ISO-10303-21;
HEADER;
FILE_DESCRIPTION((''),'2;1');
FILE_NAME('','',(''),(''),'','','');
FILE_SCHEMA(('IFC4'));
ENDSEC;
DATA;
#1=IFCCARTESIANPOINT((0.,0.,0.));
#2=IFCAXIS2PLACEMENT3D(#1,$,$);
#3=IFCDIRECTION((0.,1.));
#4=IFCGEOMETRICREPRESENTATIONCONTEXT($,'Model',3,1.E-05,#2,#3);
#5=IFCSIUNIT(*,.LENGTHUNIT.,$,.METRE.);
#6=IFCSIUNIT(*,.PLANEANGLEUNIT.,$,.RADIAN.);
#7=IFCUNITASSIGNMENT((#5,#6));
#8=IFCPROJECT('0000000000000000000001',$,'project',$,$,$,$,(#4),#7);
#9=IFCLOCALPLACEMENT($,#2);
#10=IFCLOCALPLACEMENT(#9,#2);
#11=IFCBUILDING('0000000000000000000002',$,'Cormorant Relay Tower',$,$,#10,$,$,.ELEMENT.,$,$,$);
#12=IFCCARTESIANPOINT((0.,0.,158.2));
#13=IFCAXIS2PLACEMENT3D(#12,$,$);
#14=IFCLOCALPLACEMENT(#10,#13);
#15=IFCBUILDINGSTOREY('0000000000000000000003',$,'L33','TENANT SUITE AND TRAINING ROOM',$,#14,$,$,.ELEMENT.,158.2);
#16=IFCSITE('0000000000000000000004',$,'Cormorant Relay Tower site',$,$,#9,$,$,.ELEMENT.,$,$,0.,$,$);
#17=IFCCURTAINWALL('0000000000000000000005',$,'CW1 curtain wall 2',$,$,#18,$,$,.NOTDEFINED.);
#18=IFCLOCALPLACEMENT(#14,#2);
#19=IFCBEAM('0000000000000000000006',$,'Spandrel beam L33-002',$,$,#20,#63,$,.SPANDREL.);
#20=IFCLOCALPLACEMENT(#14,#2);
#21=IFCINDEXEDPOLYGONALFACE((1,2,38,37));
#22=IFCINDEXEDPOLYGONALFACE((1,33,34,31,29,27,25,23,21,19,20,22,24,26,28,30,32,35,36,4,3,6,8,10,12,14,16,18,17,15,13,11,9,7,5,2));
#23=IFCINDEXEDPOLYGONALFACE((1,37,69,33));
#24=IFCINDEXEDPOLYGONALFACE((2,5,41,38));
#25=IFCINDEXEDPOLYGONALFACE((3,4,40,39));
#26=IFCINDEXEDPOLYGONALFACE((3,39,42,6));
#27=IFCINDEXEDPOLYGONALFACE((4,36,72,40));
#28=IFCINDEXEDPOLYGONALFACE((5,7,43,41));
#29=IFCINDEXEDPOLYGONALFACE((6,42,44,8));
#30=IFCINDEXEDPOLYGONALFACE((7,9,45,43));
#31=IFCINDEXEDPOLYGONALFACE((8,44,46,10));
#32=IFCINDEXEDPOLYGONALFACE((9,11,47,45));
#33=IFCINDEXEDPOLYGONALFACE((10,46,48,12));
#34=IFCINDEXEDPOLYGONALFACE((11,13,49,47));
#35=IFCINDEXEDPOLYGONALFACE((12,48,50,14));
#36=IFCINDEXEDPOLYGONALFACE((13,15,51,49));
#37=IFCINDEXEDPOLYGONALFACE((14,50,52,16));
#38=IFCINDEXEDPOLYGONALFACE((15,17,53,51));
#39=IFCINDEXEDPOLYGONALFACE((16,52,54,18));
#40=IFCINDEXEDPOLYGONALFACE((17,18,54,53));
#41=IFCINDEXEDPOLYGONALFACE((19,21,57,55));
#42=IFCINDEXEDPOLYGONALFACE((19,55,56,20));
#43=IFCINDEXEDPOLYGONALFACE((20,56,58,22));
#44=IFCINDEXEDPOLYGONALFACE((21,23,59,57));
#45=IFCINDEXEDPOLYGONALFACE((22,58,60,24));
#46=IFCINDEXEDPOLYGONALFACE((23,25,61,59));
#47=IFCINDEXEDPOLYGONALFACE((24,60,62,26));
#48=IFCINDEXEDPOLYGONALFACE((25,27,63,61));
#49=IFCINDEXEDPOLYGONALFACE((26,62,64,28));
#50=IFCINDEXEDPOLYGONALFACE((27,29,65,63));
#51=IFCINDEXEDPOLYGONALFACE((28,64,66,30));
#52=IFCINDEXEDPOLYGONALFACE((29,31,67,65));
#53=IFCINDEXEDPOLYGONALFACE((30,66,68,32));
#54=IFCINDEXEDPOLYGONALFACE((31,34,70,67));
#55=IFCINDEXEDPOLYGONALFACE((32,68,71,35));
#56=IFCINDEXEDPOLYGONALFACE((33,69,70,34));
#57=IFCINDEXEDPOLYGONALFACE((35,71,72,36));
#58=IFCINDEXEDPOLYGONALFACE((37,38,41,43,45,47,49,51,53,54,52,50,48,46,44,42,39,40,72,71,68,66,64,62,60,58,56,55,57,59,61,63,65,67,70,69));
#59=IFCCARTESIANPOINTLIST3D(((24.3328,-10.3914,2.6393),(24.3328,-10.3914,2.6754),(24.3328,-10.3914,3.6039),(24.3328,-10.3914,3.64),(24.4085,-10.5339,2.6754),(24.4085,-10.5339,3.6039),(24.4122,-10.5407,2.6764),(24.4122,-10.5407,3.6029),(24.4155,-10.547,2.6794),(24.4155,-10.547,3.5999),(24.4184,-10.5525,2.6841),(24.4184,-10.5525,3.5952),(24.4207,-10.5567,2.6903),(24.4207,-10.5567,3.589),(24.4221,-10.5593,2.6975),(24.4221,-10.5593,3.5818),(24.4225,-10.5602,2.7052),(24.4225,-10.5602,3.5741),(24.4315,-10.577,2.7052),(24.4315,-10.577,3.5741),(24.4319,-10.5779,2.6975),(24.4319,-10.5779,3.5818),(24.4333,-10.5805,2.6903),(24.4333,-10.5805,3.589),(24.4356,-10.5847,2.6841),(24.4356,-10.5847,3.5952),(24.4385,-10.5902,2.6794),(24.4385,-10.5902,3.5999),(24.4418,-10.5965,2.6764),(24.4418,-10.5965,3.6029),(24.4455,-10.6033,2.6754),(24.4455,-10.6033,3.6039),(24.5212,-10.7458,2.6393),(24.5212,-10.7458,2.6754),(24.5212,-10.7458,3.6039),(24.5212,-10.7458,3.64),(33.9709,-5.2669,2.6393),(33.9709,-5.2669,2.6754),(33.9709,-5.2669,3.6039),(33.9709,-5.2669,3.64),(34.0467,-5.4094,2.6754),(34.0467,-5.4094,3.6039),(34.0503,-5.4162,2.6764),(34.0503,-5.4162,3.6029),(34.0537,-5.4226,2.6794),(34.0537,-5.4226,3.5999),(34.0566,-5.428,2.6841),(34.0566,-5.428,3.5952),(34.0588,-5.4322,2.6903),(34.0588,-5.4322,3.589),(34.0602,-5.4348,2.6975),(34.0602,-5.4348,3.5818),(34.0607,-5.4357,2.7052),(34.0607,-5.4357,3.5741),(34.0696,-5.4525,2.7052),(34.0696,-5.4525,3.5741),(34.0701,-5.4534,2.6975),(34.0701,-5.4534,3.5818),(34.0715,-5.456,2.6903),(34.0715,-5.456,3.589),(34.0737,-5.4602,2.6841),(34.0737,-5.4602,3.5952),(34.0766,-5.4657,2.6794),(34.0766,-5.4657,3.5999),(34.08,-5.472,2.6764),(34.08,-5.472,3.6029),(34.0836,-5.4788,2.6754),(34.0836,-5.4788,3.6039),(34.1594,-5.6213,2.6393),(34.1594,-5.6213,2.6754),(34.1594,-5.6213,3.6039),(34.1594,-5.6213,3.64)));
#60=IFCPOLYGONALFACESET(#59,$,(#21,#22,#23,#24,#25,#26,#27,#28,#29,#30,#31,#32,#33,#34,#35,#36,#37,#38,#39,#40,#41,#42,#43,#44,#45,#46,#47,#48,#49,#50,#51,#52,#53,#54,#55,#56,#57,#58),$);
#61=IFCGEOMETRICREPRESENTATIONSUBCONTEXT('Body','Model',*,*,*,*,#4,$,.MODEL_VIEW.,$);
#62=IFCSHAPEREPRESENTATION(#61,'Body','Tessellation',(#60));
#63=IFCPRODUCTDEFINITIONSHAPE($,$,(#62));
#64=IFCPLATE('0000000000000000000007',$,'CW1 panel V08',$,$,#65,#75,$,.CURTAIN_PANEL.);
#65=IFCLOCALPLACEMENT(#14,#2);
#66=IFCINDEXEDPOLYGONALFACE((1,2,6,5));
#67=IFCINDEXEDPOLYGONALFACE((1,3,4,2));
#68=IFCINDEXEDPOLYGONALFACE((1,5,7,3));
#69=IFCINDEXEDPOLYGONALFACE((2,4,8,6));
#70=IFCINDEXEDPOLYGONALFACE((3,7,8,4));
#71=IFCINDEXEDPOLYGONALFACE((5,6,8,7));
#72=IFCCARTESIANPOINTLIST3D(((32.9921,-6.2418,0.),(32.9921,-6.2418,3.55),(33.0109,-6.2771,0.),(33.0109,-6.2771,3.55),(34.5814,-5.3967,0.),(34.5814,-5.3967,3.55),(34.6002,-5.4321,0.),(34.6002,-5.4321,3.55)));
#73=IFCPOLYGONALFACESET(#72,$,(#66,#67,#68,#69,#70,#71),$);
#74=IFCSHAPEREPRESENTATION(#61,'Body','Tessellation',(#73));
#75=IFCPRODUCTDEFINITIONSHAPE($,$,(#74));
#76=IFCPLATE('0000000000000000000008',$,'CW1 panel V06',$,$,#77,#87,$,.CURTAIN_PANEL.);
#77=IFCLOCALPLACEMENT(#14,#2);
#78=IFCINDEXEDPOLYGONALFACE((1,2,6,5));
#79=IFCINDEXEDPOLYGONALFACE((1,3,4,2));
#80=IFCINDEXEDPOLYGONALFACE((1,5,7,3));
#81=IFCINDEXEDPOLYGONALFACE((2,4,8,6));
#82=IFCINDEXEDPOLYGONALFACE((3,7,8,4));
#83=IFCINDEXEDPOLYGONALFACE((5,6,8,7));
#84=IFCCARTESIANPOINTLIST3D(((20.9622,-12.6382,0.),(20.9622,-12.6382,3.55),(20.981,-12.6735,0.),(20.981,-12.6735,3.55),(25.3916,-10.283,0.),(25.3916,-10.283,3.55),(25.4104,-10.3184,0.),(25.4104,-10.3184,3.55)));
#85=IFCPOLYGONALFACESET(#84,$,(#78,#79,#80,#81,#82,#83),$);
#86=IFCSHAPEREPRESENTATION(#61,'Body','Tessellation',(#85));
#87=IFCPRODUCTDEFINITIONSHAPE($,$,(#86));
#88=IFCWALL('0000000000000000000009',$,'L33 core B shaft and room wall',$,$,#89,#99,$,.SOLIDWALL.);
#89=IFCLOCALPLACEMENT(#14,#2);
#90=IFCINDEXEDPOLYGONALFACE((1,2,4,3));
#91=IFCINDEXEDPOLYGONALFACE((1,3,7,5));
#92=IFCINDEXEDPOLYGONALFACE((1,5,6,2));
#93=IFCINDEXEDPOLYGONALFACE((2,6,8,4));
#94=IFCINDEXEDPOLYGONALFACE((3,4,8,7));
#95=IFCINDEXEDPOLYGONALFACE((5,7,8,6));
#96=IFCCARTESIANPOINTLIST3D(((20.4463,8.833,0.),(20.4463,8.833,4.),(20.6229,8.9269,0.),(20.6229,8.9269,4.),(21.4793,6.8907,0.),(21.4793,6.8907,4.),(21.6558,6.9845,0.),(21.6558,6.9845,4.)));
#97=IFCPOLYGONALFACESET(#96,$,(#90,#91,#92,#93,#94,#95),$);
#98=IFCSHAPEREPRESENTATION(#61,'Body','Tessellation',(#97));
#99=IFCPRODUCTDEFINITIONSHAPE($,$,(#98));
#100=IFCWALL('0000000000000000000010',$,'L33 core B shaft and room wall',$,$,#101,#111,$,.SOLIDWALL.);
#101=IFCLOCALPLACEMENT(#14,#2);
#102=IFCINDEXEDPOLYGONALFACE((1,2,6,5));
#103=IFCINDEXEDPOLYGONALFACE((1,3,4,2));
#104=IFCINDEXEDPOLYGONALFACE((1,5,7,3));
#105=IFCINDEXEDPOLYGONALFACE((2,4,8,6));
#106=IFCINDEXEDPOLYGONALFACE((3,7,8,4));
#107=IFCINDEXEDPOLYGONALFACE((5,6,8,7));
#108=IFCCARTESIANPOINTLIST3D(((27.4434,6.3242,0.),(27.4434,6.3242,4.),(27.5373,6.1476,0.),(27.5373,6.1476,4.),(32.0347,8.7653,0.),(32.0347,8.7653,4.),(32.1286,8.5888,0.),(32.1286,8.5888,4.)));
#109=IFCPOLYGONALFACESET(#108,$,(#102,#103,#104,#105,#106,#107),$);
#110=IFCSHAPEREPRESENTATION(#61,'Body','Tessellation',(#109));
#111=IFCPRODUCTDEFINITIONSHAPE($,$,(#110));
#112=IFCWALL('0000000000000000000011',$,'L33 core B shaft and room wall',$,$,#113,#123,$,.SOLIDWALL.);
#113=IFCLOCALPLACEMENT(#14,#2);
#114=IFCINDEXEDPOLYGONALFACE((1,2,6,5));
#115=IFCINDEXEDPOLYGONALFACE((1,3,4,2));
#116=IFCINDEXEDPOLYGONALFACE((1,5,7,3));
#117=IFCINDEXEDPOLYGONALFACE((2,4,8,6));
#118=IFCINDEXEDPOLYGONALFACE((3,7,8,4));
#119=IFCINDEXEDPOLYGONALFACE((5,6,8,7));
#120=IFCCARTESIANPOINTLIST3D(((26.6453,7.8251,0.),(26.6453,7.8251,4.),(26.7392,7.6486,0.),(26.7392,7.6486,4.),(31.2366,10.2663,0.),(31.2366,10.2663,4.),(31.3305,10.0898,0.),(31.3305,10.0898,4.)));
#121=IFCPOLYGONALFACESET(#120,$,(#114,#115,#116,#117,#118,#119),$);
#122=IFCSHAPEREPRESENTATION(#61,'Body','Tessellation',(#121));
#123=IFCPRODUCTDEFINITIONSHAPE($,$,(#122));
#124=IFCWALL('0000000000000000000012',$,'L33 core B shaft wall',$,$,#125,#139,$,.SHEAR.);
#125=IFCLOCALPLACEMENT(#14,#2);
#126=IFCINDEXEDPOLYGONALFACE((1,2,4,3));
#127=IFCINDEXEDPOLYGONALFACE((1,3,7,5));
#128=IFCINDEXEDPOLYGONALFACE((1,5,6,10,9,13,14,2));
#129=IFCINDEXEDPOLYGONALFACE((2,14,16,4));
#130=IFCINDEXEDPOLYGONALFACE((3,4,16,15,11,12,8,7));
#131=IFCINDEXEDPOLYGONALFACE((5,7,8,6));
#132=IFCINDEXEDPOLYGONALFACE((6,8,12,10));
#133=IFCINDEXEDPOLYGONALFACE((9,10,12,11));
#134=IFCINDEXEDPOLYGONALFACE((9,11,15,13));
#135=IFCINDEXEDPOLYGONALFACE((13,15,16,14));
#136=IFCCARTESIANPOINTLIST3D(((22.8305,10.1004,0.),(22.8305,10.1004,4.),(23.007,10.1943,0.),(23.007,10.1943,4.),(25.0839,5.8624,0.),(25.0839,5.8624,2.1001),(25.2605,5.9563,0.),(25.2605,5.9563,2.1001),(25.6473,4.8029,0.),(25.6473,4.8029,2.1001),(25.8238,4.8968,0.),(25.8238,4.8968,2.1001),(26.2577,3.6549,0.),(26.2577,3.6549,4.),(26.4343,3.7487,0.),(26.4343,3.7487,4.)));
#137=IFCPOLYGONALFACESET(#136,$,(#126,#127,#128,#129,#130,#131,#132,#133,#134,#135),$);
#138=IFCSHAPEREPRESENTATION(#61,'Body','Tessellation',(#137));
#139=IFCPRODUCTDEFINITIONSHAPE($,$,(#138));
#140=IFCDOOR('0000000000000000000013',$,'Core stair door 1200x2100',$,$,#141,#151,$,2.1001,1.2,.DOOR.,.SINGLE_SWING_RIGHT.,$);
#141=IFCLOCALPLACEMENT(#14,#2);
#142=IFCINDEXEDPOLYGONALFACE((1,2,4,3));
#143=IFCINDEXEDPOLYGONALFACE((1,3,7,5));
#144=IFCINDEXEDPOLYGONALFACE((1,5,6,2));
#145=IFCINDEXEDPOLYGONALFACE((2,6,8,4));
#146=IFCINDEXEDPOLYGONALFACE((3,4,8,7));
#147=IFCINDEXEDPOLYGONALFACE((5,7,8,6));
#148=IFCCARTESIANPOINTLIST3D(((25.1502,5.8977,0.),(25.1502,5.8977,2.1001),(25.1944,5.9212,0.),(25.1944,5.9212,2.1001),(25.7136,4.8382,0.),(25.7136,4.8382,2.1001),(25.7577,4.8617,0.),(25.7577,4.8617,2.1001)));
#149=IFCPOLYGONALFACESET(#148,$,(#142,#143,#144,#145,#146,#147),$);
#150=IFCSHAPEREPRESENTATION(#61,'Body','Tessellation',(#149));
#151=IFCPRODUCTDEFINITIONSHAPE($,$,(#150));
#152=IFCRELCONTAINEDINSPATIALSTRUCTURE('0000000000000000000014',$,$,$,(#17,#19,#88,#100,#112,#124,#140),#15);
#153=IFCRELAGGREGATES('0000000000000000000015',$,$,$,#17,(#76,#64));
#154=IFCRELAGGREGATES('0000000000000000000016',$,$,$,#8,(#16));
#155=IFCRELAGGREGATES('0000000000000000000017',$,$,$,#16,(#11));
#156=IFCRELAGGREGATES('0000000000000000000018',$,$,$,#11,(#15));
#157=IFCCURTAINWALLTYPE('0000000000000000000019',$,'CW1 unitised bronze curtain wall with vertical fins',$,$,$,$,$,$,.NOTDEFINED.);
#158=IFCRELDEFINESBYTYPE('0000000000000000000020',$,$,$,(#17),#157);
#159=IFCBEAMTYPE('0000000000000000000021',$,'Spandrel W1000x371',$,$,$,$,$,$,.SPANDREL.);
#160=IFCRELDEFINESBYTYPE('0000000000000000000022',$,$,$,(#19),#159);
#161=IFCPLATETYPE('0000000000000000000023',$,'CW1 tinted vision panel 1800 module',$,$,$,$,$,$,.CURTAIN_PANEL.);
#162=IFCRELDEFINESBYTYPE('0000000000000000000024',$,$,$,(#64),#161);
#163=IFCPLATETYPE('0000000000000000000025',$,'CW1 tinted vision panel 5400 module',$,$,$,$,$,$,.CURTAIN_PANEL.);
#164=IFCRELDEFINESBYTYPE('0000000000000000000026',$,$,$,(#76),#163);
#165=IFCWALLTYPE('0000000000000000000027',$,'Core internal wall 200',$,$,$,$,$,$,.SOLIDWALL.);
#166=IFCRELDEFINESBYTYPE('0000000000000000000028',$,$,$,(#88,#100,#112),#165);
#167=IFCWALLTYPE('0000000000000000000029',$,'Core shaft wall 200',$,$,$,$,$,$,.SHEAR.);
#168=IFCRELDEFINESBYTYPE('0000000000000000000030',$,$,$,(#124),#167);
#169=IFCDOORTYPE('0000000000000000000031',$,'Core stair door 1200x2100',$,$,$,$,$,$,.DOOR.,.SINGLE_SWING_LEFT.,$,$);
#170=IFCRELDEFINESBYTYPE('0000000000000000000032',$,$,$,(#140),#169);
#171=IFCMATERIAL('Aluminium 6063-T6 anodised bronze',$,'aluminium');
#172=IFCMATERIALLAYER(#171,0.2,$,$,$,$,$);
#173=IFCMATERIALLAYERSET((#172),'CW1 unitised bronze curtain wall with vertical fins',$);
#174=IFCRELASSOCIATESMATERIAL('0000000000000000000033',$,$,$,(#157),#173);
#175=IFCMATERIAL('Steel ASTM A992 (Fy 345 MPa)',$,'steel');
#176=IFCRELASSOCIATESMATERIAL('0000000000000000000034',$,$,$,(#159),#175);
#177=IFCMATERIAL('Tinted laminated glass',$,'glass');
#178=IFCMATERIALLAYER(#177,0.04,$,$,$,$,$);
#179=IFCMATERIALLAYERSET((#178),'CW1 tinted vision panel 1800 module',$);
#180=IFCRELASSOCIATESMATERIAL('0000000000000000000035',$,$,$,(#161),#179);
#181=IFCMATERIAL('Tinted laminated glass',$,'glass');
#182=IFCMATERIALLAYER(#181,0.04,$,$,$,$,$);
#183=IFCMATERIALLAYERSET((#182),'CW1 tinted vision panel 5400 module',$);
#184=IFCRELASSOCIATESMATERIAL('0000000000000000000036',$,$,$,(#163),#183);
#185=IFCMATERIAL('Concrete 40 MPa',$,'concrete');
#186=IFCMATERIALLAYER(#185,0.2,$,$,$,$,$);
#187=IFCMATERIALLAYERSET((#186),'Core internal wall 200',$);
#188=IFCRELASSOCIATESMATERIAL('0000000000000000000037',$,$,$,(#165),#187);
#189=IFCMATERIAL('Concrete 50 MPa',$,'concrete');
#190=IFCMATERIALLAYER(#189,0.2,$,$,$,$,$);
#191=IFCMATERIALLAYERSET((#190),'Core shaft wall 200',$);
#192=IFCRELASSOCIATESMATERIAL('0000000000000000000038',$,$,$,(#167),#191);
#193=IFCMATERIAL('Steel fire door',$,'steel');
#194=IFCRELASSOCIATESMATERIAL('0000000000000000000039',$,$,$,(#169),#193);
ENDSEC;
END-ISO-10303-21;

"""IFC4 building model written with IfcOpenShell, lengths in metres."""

from ifc_helpers import new_model, si_unit, direction, frame, frame_2d, origin, origin_2d, place, context, subcontext, project, spatial, rectangle, i_section, extrude, material, layer, layer_set, material_profile, profile_set, type_object, element, fill, aggregate, save


model = new_model("IFC4")

# Units and contexts
model_context = context("Model", 3, precision=1e-05, world=origin(), true_north=direction((0.0, 1.0)))
body_context = subcontext(model_context, "Body", "Model", "MODEL_VIEW")
ifc_project = project(units=[si_unit("LENGTHUNIT", "METRE"), si_unit("PLANEANGLEUNIT", "RADIAN")], contexts=[model_context])

# Site, building, storey
site_placement = place(None, origin())
site = spatial("IfcSite", under=ifc_project, at=site_placement, Name="Cormorant Relay Tower site", CompositionType="ELEMENT", RefElevation=0.0)
building_placement = place(site_placement, origin())
building = spatial("IfcBuilding", under=site, at=building_placement, Name="Cormorant Relay Tower", CompositionType="ELEMENT")
storey_placement = place(building_placement, frame((0.0, 0.0, 158.2)))
storey = spatial("IfcBuildingStorey", under=building, at=storey_placement, Name="L33", Description="TENANT SUITE AND TRAINING ROOM", CompositionType="ELEMENT", Elevation=158.2)

# Curtain wall
ifc_material_1 = material(Name="Aluminium 6063-T6 anodised bronze", Category="aluminium")
ifc_layer_1 = layer(ifc_material_1, 0.2)
ifc_layer_set_1 = layer_set([ifc_layer_1], Name="CW1 unitised bronze curtain wall with vertical fins")
curtain_wall_type = type_object("IfcCurtainWallType", Name="CW1 unitised bronze curtain wall with vertical fins", PredefinedType="NOTDEFINED", material=ifc_layer_set_1)
curtain_wall_1_placement = place(storey_placement, origin())
curtain_wall_1 = element("IfcCurtainWall", 1, at=curtain_wall_1_placement, inside=storey, type_object=curtain_wall_type, Name="CW1 curtain wall 2", PredefinedType="NOTDEFINED")

# Beam
ifc_material_2 = material(Name="Steel ASTM A992 (Fy 345 MPa)", Category="steel")
ifc_material_profile_1 = material_profile(ifc_material_2, i_section(OverallWidth=0.4014, OverallDepth=1.0007, WebThickness=0.019, FlangeThickness=0.0361, FilletRadius=0.0298, at=origin_2d()), Name="W1000x371")
ifc_profile_set_1 = profile_set([ifc_material_profile_1], Name="Steel ASTM A992 (Fy 345 MPa)")
beam_type = type_object("IfcBeamType", Name="Spandrel W1000x371", PredefinedType="SPANDREL", material=ifc_profile_set_1)
beam_placement = place(storey_placement, frame((24.427, -10.5686, 3.1396), z_axis=(0.882955, 0.469457, 0.0), x_axis=(-0.469457, 0.882955, 0.0)))
element("IfcBeam", 2, at=beam_placement, inside=storey, type_object=beam_type, Name="Spandrel beam L33-002", PredefinedType="SPANDREL", context=body_context, shape_type="SweptSolid", body=[
    extrude(i_section(OverallWidth=0.4014, OverallDepth=1.0007, WebThickness=0.019, FlangeThickness=0.0361, FilletRadius=0.0298, at=origin_2d()), origin(), (0.0, 0.0, 1.0), 10.9158),
])

# Plates
ifc_material_3 = material(Name="Tinted laminated glass", Category="glass")
ifc_layer_2 = layer(ifc_material_3, 0.04)
ifc_layer_set_2 = layer_set([ifc_layer_2], Name="CW1 tinted vision panel 1800 module")
plate_type_1 = type_object("IfcPlateType", Name="CW1 tinted vision panel 1800 module", PredefinedType="CURTAIN_PANEL", material=ifc_layer_set_2)
plate_1_placement = place(storey_placement, frame((33.7961, -5.8369, 0.0), z_axis=(0.0, 0.0, 1.0), x_axis=(0.882948, 0.469472, 0.0)))
plate_1 = element("IfcPlate", 3, at=plate_1_placement, type_object=plate_type_1, Name="CW1 panel V08", PredefinedType="CURTAIN_PANEL", context=body_context, shape_type="SweptSolid", body=[
    extrude(rectangle(XDim=1.8, YDim=0.04, at=origin_2d()), origin(), (0.0, 0.0, 1.0), 3.55),
])
ifc_material_4 = material(Name="Tinted laminated glass", Category="glass")
ifc_layer_3 = layer(ifc_material_4, 0.04)
ifc_layer_set_3 = layer_set([ifc_layer_3], Name="CW1 tinted vision panel 5400 module")
plate_type_2 = type_object("IfcPlateType", Name="CW1 tinted vision panel 5400 module", PredefinedType="CURTAIN_PANEL", material=ifc_layer_set_3)
plate_2_placement = place(storey_placement, frame((23.1863, -11.4783, 0.0), z_axis=(0.0, 0.0, 1.0), x_axis=(0.882948, 0.469472, 0.0)))
plate_2 = element("IfcPlate", 4, at=plate_2_placement, type_object=plate_type_2, Name="CW1 panel V06", PredefinedType="CURTAIN_PANEL", context=body_context, shape_type="SweptSolid", body=[
    extrude(rectangle(XDim=5.0166, YDim=0.04, at=origin_2d()), origin(), (0.0, 0.0, 1.0), 3.55),
])

# Walls
ifc_material_5 = material(Name="Concrete 40 MPa", Category="concrete")
ifc_layer_4 = layer(ifc_material_5, 0.2)
ifc_layer_set_4 = layer_set([ifc_layer_4], Name="Core internal wall 200")
wall_type_1 = type_object("IfcWallType", Name="Core internal wall 200", PredefinedType="SOLIDWALL", material=ifc_layer_set_4)
wall_1_placement = place(storey_placement, frame((21.5676, 6.9375, 0.0), z_axis=(0.0, 0.0, 1.0), x_axis=(-0.469534, 0.882914, 0.0)))
element("IfcWall", 5, at=wall_1_placement, inside=storey, type_object=wall_type_1, Name="L33 core B shaft and room wall", PredefinedType="SOLIDWALL", context=body_context, shape_type="SweptSolid", body=[
    extrude(rectangle(XDim=2.2, YDim=0.2, at=frame_2d((1.1001, 0.0))), origin(), (0.0, 0.0, 1.0), 4.0),
])
for number, where, z_axis, x_axis, name in (
    (6, (27.4902, 6.2358, 0.0), (0.0, 0.0, 1.0), (0.882954, 0.46946, 0.0), "L33 core B shaft and room wall"),
    (7, (26.6921, 7.7368, 0.0), (0.0, 0.0, 1.0), (0.882954, 0.46946, 0.0), "L33 core B shaft and room wall"),
):
    element("IfcWall", number, at=place(storey_placement, frame(where, z_axis=z_axis, x_axis=x_axis)), inside=storey, type_object=wall_type_1, Name=name, PredefinedType="SOLIDWALL", context=body_context, shape_type="SweptSolid", body=[
        extrude(rectangle(XDim=5.2, YDim=0.2, at=frame_2d((2.6001, 0.0))), origin(), (0.0, 0.0, 1.0), 4.0),
    ])

# Wall, opening, door
ifc_material_6 = material(Name="Concrete 50 MPa", Category="concrete")
ifc_layer_5 = layer(ifc_material_6, 0.2)
ifc_layer_set_5 = layer_set([ifc_layer_5], Name="Core shaft wall 200")
wall_type_2 = type_object("IfcWallType", Name="Core shaft wall 200", PredefinedType="SHEAR", material=ifc_layer_set_5)
wall_2_placement = place(storey_placement, frame((26.3459, 3.7019, 0.0), z_axis=(0.0, 0.0, 1.0), x_axis=(-0.46948, 0.882943, 0.0)))
wall_2 = element("IfcWall", 8, at=wall_2_placement, inside=storey, type_object=wall_type_2, Name="L33 core B shaft wall", PredefinedType="SHEAR", context=body_context, shape_type="SweptSolid", body=[
    extrude(rectangle(XDim=7.3, YDim=0.2, at=frame_2d((3.6499, 0.0))), origin(), (0.0, 0.0, 1.0), 4.0),
])
opening_1_placement = place(wall_2_placement, frame((1.3, 0.0, 0.0)))
opening_1 = element("IfcOpeningElement", 9, at=opening_1_placement, cuts=wall_2, PredefinedType="OPENING", context=body_context, shape_type="SweptSolid", body=[
    extrude(rectangle(XDim=1.2, YDim=2.1001, at=frame_2d((0.6001, 1.05))), frame((0.0, 0.1099, 0.0), z_axis=(0.0, -1.0, 0.0), x_axis=(1.0, 0.0, 0.0)), (0.0, 0.0, 1.0), 0.22),
])
ifc_material_7 = material(Name="Steel fire door", Category="steel")
door_type_1 = type_object("IfcDoorType", Name="Core stair door 1200x2100", OperationType="SINGLE_SWING_LEFT", PredefinedType="DOOR", material=ifc_material_7)
door_1_placement = place(opening_1_placement, origin())
door_1 = element("IfcDoor", 10, at=door_1_placement, inside=storey, type_object=door_type_1, Name="Core stair door 1200x2100", OperationType="SINGLE_SWING_RIGHT", OverallHeight=2.1001, OverallWidth=1.2, PredefinedType="DOOR", context=body_context, shape_type="SweptSolid", body=[
    extrude(rectangle(XDim=1.2, YDim=2.1001, at=frame_2d((0.6001, 1.05))), frame((0.0, 0.0249, 0.0), z_axis=(0.0, -1.0, 0.0), x_axis=(1.0, 0.0, 0.0)), (0.0, 0.0, 1.0), 0.05),
])
fill(opening_1, door_1)

aggregate(curtain_wall_1, [plate_2, plate_1])

save(model, "model.ifc")
